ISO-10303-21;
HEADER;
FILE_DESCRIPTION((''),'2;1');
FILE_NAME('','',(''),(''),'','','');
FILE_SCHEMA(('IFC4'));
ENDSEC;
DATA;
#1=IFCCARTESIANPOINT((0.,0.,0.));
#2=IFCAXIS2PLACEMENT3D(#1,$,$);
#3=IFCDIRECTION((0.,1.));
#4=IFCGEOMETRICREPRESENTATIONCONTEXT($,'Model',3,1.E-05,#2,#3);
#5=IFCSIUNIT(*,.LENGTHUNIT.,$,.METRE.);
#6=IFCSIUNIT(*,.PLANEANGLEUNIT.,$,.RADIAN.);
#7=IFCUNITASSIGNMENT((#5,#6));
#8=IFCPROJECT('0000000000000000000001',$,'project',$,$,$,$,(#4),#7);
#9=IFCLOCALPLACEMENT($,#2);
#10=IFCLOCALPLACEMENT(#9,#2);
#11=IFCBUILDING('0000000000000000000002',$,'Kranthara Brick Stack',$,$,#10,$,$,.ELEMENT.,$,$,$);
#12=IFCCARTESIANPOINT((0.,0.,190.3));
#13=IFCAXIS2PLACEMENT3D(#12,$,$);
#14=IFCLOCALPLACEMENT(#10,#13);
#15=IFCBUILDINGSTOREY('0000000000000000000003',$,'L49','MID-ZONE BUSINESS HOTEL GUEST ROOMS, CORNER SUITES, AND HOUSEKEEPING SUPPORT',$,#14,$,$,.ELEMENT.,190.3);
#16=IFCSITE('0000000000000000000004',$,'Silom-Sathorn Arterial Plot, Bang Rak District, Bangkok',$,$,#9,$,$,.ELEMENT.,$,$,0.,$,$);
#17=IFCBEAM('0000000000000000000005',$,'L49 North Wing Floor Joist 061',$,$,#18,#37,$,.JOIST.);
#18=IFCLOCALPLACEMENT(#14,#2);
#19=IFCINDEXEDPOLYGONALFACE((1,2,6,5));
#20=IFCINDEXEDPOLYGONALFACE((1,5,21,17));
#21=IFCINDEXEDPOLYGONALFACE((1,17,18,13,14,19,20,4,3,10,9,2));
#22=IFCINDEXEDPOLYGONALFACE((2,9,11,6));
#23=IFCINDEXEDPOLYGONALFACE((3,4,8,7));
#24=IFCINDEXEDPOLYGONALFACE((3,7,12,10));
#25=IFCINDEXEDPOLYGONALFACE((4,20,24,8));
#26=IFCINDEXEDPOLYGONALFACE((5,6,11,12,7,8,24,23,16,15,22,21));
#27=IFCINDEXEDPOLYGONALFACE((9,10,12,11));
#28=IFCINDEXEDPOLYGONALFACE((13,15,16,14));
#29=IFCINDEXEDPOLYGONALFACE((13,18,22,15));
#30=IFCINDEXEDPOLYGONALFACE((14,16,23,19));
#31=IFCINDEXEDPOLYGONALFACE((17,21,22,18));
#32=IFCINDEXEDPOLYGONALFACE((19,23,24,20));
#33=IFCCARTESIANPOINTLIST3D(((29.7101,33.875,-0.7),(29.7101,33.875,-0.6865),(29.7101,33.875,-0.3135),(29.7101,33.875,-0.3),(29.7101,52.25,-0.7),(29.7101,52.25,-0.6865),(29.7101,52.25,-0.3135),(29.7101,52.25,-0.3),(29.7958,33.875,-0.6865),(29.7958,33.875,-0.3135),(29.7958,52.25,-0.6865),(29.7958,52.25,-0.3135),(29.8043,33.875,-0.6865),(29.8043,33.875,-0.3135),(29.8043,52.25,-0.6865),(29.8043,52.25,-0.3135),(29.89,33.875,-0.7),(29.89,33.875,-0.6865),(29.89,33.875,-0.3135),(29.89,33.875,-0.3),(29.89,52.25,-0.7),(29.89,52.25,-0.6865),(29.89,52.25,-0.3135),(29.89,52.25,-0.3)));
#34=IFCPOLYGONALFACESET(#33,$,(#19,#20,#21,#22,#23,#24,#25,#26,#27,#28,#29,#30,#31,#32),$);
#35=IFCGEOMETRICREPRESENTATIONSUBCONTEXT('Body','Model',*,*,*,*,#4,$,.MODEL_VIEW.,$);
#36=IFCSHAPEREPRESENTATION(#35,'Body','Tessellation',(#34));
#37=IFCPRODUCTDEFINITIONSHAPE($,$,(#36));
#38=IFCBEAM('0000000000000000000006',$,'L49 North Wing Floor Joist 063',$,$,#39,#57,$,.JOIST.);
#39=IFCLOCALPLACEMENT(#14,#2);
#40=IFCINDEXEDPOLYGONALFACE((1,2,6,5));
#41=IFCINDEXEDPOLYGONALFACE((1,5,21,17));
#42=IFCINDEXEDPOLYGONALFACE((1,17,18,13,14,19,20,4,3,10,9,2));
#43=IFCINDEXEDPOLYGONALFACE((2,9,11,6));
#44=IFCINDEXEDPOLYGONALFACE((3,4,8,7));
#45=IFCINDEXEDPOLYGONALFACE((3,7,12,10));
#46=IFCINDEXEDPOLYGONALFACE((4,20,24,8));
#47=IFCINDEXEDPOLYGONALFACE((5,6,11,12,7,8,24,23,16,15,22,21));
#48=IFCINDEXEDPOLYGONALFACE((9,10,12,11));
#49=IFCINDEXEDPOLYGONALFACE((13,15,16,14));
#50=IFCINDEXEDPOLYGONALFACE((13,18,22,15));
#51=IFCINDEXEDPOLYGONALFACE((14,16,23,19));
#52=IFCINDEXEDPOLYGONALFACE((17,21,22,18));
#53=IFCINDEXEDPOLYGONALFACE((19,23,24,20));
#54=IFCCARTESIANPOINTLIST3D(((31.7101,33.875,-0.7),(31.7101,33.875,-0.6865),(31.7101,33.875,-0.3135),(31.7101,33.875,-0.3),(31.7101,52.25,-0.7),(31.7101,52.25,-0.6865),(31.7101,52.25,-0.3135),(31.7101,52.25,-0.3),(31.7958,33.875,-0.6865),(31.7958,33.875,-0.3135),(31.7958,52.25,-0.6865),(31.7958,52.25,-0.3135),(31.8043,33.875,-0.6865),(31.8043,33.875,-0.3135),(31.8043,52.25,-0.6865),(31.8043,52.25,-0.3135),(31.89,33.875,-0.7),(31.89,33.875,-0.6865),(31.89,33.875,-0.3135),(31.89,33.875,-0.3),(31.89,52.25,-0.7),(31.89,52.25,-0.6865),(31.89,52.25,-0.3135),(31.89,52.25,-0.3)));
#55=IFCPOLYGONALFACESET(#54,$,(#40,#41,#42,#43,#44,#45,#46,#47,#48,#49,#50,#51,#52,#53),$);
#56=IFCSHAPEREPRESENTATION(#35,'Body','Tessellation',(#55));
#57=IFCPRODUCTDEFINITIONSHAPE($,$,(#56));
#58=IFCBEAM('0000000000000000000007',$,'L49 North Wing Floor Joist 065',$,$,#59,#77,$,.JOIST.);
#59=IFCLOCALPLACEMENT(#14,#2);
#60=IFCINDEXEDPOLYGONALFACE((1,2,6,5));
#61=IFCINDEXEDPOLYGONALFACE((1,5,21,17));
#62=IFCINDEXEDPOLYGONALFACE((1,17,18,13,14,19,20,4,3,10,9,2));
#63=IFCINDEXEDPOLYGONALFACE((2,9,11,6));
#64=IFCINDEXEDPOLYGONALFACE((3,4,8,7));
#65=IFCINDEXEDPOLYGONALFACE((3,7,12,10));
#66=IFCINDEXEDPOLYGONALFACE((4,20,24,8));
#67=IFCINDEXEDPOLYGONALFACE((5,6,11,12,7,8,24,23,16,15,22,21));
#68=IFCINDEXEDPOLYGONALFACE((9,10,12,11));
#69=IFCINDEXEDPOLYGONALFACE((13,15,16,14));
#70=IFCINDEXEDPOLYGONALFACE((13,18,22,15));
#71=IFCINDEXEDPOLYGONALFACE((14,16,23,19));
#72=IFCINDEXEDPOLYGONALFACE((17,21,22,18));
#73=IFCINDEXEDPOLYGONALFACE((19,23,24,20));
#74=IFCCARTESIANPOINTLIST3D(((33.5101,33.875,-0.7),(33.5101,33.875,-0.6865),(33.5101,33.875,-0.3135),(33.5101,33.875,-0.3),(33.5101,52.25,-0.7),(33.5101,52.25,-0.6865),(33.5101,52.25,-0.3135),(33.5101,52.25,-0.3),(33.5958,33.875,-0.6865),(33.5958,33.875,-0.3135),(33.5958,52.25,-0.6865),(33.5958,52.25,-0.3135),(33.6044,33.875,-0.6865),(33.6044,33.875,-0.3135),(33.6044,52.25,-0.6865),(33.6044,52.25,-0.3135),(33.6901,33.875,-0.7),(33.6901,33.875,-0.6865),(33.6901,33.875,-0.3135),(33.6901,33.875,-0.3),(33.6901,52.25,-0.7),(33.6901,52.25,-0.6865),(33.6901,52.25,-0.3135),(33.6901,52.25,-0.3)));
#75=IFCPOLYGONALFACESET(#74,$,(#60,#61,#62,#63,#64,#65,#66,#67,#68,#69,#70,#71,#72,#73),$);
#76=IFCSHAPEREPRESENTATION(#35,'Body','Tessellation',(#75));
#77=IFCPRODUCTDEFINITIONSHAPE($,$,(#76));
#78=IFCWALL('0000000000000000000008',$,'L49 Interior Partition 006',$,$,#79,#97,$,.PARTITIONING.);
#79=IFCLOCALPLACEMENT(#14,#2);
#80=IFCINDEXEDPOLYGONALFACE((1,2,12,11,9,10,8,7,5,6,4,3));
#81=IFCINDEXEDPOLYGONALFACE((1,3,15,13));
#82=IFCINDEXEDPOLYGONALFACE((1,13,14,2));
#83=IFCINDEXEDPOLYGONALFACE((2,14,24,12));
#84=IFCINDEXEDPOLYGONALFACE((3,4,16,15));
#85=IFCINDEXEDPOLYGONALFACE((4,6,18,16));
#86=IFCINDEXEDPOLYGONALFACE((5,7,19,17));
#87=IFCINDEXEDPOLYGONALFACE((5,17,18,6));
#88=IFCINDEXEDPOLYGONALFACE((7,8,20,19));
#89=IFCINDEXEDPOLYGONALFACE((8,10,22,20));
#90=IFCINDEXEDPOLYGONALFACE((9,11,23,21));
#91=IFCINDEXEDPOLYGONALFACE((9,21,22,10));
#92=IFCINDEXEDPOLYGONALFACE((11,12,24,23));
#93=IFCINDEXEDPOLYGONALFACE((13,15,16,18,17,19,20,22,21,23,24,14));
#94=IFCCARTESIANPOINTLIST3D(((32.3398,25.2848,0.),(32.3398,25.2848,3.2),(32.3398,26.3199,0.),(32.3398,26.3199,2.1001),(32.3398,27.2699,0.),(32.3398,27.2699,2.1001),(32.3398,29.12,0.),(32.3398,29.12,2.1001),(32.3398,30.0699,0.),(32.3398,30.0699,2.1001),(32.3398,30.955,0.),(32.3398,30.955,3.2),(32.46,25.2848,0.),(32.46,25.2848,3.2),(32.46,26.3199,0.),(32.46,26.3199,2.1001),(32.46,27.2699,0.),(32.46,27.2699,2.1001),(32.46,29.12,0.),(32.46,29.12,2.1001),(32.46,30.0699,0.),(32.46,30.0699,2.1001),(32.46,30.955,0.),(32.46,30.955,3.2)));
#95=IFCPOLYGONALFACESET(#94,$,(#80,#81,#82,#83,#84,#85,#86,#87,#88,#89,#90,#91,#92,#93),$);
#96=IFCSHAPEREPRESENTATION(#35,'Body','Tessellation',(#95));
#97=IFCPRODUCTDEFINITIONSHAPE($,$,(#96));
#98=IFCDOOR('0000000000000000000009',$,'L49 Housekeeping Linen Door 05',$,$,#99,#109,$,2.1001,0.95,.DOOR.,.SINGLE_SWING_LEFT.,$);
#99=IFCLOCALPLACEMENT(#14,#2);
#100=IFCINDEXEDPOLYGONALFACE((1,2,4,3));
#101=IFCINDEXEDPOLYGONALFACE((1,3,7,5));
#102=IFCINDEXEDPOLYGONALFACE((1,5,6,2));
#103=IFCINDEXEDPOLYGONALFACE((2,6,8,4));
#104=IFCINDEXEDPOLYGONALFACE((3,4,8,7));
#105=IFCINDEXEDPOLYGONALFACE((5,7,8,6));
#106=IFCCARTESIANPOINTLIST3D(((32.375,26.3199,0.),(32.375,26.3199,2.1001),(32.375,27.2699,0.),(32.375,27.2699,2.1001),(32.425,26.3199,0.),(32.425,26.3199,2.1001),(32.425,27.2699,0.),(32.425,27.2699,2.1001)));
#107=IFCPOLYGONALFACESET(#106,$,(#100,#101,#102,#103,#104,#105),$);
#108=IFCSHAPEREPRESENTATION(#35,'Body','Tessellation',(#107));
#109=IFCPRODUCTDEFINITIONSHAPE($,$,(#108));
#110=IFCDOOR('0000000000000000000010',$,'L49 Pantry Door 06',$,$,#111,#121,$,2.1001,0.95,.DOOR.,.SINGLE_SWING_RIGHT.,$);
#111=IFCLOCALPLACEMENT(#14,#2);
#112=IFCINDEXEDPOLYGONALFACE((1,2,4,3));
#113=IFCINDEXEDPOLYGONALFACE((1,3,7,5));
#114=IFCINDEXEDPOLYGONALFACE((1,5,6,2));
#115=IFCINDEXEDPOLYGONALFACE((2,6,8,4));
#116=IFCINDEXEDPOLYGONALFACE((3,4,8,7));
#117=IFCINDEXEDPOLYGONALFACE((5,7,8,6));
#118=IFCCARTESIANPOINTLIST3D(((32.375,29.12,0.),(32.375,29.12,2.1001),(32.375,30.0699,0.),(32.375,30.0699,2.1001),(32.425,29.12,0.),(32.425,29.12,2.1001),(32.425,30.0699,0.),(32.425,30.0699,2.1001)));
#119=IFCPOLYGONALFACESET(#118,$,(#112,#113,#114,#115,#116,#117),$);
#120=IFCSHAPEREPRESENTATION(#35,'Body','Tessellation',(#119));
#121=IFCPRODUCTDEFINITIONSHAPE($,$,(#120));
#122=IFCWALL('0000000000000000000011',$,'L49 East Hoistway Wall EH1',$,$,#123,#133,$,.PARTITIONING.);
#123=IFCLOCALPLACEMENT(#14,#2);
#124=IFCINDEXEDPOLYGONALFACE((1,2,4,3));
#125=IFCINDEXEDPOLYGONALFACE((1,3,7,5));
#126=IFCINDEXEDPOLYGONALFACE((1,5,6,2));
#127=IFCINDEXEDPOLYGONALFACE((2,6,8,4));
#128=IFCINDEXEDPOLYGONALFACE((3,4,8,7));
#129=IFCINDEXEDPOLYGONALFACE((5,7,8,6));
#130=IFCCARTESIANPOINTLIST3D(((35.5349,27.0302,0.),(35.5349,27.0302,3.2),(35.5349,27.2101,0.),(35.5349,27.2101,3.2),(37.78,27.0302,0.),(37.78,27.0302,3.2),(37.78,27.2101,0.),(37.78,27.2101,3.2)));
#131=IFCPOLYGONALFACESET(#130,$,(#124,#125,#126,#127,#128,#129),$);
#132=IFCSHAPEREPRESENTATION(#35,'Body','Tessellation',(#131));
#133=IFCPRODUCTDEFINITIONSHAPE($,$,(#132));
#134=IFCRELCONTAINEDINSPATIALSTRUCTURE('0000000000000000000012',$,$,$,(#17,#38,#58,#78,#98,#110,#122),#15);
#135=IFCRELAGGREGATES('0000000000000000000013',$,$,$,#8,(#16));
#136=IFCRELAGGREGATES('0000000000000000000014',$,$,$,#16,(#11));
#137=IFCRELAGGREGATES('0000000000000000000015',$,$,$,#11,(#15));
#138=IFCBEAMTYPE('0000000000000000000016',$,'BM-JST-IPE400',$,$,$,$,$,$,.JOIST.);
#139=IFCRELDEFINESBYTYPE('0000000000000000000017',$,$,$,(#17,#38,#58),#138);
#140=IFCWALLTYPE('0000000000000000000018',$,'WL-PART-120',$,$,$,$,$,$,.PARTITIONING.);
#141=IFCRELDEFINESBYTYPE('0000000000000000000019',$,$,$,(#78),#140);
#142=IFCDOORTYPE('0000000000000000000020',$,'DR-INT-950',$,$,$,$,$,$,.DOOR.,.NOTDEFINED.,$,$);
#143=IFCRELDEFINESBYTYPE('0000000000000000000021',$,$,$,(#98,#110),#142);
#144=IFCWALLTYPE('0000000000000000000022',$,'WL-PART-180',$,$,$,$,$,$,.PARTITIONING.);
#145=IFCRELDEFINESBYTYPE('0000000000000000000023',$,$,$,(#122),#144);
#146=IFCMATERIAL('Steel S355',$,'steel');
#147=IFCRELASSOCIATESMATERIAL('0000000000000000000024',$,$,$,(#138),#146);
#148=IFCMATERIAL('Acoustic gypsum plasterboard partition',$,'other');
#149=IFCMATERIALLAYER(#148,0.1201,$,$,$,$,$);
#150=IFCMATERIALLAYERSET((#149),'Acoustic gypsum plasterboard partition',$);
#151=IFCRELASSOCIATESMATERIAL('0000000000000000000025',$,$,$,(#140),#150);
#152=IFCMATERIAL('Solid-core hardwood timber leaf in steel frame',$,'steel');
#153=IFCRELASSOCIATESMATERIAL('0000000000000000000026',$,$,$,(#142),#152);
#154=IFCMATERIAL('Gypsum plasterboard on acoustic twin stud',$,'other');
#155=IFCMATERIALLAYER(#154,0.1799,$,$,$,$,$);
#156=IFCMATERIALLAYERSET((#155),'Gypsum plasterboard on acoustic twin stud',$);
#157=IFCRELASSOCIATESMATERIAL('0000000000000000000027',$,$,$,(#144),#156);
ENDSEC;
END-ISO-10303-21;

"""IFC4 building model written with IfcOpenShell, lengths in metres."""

from ifc_helpers import new_model, si_unit, direction, frame, frame_2d, origin, origin_2d, place, context, subcontext, project, spatial, rectangle, i_section, extrude, material, layer, layer_set, material_profile, profile_set, type_object, element, fill, save


model = new_model("IFC4")

# Units and contexts
model_context = context("Model", 3, precision=1e-05, world=origin(), true_north=direction((0.0, 1.0)))
body_context = subcontext(model_context, "Body", "Model", "MODEL_VIEW")
ifc_project = project(units=[si_unit("LENGTHUNIT", "METRE"), si_unit("PLANEANGLEUNIT", "RADIAN")], contexts=[model_context])

# Site, building, storey
site_placement = place(None, origin())
site = spatial("IfcSite", under=ifc_project, at=site_placement, Name="Silom-Sathorn Arterial Plot, Bang Rak District, Bangkok", CompositionType="ELEMENT", RefElevation=0.0)
building_placement = place(site_placement, origin())
building = spatial("IfcBuilding", under=site, at=building_placement, Name="Kranthara Brick Stack", CompositionType="ELEMENT")
storey_placement = place(building_placement, frame((0.0, 0.0, 190.3)))
storey = spatial("IfcBuildingStorey", under=building, at=storey_placement, Name="L49", Description="MID-ZONE BUSINESS HOTEL GUEST ROOMS, CORNER SUITES, AND HOUSEKEEPING SUPPORT", CompositionType="ELEMENT", Elevation=190.3)

# Beams
ifc_material_1 = material(Name="Steel S355", Category="steel")
ifc_material_profile_1 = material_profile(ifc_material_1, i_section(OverallWidth=0.1799, OverallDepth=0.3999, WebThickness=0.0085, FlangeThickness=0.0134, at=origin_2d()), Name="IPE 400")
ifc_profile_set_1 = profile_set([ifc_material_profile_1], Name="Steel S355")
beam_type_1 = type_object("IfcBeamType", Name="BM-JST-IPE400", PredefinedType="JOIST", material=ifc_profile_set_1)
for number, where, z_axis, x_axis, name in (
    (1, (29.8, 33.875, -0.5), (0.0, 1.0, 0.0), (-1.0, 0.0, 0.0), "L49 North Wing Floor Joist 061"),
    (2, (31.8, 33.875, -0.5), (0.0, 1.0, 0.0), (-1.0, 0.0, 0.0), "L49 North Wing Floor Joist 063"),
    (3, (33.6001, 33.875, -0.5), (0.0, 1.0, 0.0), (-1.0, 0.0, 0.0), "L49 North Wing Floor Joist 065"),
):
    element("IfcBeam", number, at=place(storey_placement, frame(where, z_axis=z_axis, x_axis=x_axis)), inside=storey, type_object=beam_type_1, Name=name, PredefinedType="JOIST", context=body_context, shape_type="SweptSolid", body=[
        extrude(i_section(OverallWidth=0.1799, OverallDepth=0.3999, WebThickness=0.0085, FlangeThickness=0.0134, at=origin_2d()), origin(), (0.0, 0.0, 1.0), 18.375),
    ])

# Wall, openings, doors
ifc_material_2 = material(Name="Acoustic gypsum plasterboard partition", Category="other")
ifc_layer_1 = layer(ifc_material_2, 0.1201)
ifc_layer_set_1 = layer_set([ifc_layer_1], Name="Acoustic gypsum plasterboard partition")
wall_type_1 = type_object("IfcWallType", Name="WL-PART-120", PredefinedType="PARTITIONING", material=ifc_layer_set_1)
wall_1_placement = place(storey_placement, frame((32.3999, 25.2849, 0.0), z_axis=(0.0, 0.0, 1.0), x_axis=(0.0, 1.0, 0.0)))
wall_1 = element("IfcWall", 4, at=wall_1_placement, inside=storey, type_object=wall_type_1, Name="L49 Interior Partition 006", PredefinedType="PARTITIONING", context=body_context, shape_type="SweptSolid", body=[
    extrude(rectangle(XDim=5.6702, YDim=0.1201, at=frame_2d((2.835, 0.0))), origin(), (0.0, 0.0, 1.0), 3.2),
])
opening_1_placement = place(wall_1_placement, frame((1.0349, 0.0, 0.0)))
opening_1 = element("IfcOpeningElement", 5, at=opening_1_placement, cuts=wall_1, PredefinedType="OPENING", context=body_context, shape_type="SweptSolid", body=[
    extrude(rectangle(XDim=0.95, YDim=2.1001, at=frame_2d((0.4751, 1.05))), frame((0.0, 0.0701, 0.0), z_axis=(0.0, -1.0, 0.0), x_axis=(1.0, 0.0, 0.0)), (0.0, 0.0, 1.0), 0.1401),
])
opening_2_placement = place(wall_1_placement, frame((3.835, 0.0, 0.0)))
opening_2 = element("IfcOpeningElement", 6, at=opening_2_placement, cuts=wall_1, PredefinedType="OPENING", context=body_context, shape_type="SweptSolid", body=[
    extrude(rectangle(XDim=0.95, YDim=2.1001, at=frame_2d((0.4751, 1.05))), frame((0.0, 0.0701, 0.0), z_axis=(0.0, -1.0, 0.0), x_axis=(1.0, 0.0, 0.0)), (0.0, 0.0, 1.0), 0.1401),
])
ifc_material_3 = material(Name="Solid-core hardwood timber leaf in steel frame", Category="steel")
door_type = type_object("IfcDoorType", Name="DR-INT-950", OperationType="NOTDEFINED", PredefinedType="DOOR", material=ifc_material_3)
door_1_placement = place(opening_1_placement, origin())
door_1 = element("IfcDoor", 7, at=door_1_placement, inside=storey, type_object=door_type, Name="L49 Housekeeping Linen Door 05", OperationType="SINGLE_SWING_LEFT", OverallHeight=2.1001, OverallWidth=0.95, PredefinedType="DOOR", context=body_context, shape_type="SweptSolid", body=[
    extrude(rectangle(XDim=0.95, YDim=2.1001, at=frame_2d((0.4751, 1.05))), frame((0.0, 0.0249, 0.0), z_axis=(0.0, -1.0, 0.0), x_axis=(1.0, 0.0, 0.0)), (0.0, 0.0, 1.0), 0.05),
])
fill(opening_1, door_1)
door_2_placement = place(opening_2_placement, origin())
door_2 = element("IfcDoor", 8, at=door_2_placement, inside=storey, type_object=door_type, Name="L49 Pantry Door 06", OperationType="SINGLE_SWING_RIGHT", OverallHeight=2.1001, OverallWidth=0.95, PredefinedType="DOOR", context=body_context, shape_type="SweptSolid", body=[
    extrude(rectangle(XDim=0.95, YDim=2.1001, at=frame_2d((0.4751, 1.05))), frame((0.0, 0.0249, 0.0), z_axis=(0.0, -1.0, 0.0), x_axis=(1.0, 0.0, 0.0)), (0.0, 0.0, 1.0), 0.05),
])
fill(opening_2, door_2)

# Wall
ifc_material_4 = material(Name="Gypsum plasterboard on acoustic twin stud", Category="other")
ifc_layer_2 = layer(ifc_material_4, 0.1799)
ifc_layer_set_2 = layer_set([ifc_layer_2], Name="Gypsum plasterboard on acoustic twin stud")
wall_type_2 = type_object("IfcWallType", Name="WL-PART-180", PredefinedType="PARTITIONING", material=ifc_layer_set_2)
wall_2_placement = place(storey_placement, frame((35.5349, 27.1201, 0.0), z_axis=(0.0, 0.0, 1.0), x_axis=(1.0, 0.0, 0.0)))
element("IfcWall", 9, at=wall_2_placement, inside=storey, type_object=wall_type_2, Name="L49 East Hoistway Wall EH1", PredefinedType="PARTITIONING", context=body_context, shape_type="SweptSolid", body=[
    extrude(rectangle(XDim=2.2451, YDim=0.1799, at=frame_2d((1.1226, 0.0))), origin(), (0.0, 0.0, 1.0), 3.2),
])

save(model, "model.ifc")
